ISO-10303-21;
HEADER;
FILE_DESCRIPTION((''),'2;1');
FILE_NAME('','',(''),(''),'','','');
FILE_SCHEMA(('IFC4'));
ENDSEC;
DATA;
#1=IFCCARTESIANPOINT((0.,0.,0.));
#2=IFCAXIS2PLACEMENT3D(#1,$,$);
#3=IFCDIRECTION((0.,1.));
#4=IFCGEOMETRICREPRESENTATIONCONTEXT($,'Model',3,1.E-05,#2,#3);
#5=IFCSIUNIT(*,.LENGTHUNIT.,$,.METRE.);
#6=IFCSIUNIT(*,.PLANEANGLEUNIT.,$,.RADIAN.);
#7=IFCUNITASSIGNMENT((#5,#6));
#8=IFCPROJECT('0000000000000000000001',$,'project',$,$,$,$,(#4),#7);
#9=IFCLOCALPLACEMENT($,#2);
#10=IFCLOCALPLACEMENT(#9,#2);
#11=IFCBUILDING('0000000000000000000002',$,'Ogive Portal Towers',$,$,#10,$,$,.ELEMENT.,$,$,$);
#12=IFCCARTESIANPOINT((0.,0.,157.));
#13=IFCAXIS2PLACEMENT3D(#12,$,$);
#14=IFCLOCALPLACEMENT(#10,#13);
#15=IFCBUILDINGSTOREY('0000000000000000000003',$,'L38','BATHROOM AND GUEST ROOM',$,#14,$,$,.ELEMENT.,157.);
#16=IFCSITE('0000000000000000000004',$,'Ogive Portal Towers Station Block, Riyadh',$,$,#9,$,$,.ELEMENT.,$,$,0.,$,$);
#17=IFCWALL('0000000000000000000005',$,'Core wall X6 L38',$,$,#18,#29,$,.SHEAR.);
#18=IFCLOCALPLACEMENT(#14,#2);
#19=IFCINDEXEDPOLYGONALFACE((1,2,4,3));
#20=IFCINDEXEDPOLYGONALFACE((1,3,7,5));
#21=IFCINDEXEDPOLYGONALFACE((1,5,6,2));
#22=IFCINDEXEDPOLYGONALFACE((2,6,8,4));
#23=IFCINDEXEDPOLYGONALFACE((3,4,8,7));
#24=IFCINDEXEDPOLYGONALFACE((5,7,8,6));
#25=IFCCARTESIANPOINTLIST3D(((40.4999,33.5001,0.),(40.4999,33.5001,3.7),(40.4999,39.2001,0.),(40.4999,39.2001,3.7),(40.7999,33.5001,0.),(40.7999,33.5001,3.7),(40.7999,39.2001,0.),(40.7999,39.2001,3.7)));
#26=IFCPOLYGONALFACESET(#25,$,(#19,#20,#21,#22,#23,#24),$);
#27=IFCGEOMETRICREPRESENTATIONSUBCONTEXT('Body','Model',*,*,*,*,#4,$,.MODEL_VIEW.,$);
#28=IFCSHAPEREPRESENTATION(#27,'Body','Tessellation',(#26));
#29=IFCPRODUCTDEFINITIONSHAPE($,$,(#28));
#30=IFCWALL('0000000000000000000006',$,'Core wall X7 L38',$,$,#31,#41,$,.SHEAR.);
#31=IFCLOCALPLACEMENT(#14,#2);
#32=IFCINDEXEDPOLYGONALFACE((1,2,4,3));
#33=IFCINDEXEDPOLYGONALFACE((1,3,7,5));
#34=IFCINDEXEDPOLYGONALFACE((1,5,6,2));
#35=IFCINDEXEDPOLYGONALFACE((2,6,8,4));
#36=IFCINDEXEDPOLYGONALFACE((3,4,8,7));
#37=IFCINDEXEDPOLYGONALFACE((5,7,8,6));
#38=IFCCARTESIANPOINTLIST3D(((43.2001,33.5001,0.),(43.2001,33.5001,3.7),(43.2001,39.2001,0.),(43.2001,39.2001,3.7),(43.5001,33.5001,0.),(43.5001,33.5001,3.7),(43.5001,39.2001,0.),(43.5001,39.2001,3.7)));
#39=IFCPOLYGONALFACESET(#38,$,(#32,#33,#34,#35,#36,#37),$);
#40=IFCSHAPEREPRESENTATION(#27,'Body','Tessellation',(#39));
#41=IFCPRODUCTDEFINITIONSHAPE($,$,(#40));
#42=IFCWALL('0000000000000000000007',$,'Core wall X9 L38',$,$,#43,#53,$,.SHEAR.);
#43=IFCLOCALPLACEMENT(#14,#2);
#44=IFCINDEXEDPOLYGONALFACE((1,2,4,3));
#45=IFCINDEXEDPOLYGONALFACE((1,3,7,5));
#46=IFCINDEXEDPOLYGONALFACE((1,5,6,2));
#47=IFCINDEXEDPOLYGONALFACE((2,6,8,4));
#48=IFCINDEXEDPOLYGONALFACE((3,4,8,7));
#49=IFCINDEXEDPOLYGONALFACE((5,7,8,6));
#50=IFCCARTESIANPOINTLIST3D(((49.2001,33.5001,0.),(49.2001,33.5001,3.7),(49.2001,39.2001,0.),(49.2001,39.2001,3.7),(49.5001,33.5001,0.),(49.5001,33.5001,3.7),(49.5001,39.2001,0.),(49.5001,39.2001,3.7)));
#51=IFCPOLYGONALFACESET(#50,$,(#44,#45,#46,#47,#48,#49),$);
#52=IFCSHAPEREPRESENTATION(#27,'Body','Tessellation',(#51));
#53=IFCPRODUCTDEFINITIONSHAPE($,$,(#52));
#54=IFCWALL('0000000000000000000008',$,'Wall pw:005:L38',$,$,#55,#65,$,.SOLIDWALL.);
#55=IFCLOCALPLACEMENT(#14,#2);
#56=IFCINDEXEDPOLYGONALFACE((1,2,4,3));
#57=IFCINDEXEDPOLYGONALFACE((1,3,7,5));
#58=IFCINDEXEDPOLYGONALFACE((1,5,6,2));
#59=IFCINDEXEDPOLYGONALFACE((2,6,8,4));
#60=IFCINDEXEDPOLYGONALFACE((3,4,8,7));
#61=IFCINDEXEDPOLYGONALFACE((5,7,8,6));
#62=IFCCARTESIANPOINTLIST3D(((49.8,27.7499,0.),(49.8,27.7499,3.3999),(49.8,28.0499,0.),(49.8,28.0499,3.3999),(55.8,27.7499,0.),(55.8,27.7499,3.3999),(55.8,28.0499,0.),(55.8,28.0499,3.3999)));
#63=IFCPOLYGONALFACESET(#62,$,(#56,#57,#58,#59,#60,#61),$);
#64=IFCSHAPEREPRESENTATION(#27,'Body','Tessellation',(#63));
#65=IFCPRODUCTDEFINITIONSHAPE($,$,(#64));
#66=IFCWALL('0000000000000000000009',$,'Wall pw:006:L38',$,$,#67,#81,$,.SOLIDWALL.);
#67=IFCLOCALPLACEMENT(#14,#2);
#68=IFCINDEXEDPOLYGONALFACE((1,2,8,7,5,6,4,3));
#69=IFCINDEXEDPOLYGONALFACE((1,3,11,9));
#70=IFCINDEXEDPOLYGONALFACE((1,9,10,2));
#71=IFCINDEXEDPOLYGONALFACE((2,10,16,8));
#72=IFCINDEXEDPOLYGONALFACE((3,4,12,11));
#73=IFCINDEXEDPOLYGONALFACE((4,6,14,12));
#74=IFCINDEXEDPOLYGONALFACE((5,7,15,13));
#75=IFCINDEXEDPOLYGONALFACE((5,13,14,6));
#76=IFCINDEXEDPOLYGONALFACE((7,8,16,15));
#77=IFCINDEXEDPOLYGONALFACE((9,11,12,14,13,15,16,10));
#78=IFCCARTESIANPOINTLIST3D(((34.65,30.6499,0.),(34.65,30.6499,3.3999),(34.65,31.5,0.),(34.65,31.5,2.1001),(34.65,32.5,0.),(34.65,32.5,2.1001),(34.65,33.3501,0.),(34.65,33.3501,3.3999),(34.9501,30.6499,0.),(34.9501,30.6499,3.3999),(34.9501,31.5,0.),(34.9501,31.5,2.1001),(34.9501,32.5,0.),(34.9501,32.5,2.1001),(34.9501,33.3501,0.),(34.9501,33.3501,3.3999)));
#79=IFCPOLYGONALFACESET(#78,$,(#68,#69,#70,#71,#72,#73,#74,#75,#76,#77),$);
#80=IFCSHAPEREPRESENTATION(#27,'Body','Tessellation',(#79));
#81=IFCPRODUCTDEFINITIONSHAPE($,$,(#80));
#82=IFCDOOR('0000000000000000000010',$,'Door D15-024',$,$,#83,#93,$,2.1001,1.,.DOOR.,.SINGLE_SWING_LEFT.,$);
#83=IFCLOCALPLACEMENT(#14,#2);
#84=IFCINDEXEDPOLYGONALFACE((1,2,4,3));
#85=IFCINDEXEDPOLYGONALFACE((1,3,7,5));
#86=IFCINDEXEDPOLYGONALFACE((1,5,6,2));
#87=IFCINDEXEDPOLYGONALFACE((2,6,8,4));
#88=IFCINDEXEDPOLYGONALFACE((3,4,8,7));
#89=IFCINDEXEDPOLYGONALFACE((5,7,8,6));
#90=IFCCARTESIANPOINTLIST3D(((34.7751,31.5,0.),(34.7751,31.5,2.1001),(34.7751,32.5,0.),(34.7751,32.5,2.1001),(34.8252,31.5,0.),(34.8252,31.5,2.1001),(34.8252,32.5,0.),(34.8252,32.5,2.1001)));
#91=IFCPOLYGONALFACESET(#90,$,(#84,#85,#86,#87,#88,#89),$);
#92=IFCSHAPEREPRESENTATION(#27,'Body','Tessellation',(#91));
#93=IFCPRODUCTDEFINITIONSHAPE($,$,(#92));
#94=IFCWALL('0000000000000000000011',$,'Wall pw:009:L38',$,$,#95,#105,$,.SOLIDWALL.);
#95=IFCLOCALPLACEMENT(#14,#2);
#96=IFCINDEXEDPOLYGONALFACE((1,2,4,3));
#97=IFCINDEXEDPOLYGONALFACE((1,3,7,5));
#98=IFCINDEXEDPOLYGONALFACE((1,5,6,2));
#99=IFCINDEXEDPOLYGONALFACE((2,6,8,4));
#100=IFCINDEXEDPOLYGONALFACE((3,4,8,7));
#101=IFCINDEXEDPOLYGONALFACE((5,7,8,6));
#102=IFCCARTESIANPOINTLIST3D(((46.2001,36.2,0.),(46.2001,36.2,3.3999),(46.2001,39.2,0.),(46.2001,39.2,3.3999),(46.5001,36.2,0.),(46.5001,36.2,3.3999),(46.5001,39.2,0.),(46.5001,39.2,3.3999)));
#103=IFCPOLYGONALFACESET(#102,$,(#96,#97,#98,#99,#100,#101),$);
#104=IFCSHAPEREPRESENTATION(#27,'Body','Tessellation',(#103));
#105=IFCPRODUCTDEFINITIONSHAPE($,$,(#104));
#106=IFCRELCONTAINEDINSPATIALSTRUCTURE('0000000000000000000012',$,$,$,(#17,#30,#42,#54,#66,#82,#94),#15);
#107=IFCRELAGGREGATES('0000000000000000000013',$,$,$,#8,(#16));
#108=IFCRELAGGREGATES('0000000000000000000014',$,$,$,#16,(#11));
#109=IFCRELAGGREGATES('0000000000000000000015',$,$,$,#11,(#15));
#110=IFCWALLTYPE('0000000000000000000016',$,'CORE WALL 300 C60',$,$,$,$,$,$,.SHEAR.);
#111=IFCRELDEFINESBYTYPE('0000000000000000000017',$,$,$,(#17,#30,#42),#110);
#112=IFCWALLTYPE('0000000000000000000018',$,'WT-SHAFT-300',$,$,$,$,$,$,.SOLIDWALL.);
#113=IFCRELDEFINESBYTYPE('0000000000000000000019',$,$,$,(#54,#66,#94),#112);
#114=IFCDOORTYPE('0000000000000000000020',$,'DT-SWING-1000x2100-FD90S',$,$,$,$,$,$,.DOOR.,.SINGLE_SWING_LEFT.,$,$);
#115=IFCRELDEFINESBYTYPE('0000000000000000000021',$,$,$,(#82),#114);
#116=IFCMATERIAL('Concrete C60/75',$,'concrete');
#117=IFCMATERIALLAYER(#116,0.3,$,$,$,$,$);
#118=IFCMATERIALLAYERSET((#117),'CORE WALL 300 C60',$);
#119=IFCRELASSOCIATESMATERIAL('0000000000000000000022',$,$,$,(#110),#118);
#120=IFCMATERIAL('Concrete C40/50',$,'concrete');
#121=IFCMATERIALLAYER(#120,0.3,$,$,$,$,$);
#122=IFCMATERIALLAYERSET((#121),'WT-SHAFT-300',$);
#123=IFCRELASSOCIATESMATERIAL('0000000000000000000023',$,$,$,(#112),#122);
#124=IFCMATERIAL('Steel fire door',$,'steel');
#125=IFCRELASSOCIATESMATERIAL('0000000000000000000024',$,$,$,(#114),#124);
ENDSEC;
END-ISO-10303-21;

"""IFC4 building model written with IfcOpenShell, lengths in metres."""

from ifc_helpers import new_model, si_unit, direction, frame, frame_2d, origin, place, context, subcontext, project, spatial, rectangle, extrude, material, layer, layer_set, type_object, element, fill, save


model = new_model("IFC4")

# Units and contexts
model_context = context("Model", 3, precision=1e-05, world=origin(), true_north=direction((0.0, 1.0)))
body_context = subcontext(model_context, "Body", "Model", "MODEL_VIEW")
ifc_project = project(units=[si_unit("LENGTHUNIT", "METRE"), si_unit("PLANEANGLEUNIT", "RADIAN")], contexts=[model_context])

# Site, building, storey
site_placement = place(None, origin())
site = spatial("IfcSite", under=ifc_project, at=site_placement, Name="Ogive Portal Towers Station Block, Riyadh", CompositionType="ELEMENT", RefElevation=0.0)
building_placement = place(site_placement, origin())
building = spatial("IfcBuilding", under=site, at=building_placement, Name="Ogive Portal Towers", CompositionType="ELEMENT")
storey_placement = place(building_placement, frame((0.0, 0.0, 157.0)))
storey = spatial("IfcBuildingStorey", under=building, at=storey_placement, Name="L38", Description="BATHROOM AND GUEST ROOM", CompositionType="ELEMENT", Elevation=157.0)

# Shared definitions
ifc_material_1 = material(Name="Concrete C60/75", Category="concrete")
ifc_layer_1 = layer(ifc_material_1, 0.3)
ifc_layer_set_1 = layer_set([ifc_layer_1], Name="CORE WALL 300 C60")
wall_type_1 = type_object("IfcWallType", Name="CORE WALL 300 C60", PredefinedType="SHEAR", material=ifc_layer_set_1)
ifc_material_2 = material(Name="Steel fire door", Category="steel")

# Walls
for number, where, z_axis, x_axis, name in (
    (1, (40.6499, 33.5, 0.0), (0.0, 0.0, 1.0), (0.0, 1.0, 0.0), "Core wall X6 L38"),
    (2, (43.3501, 33.5, 0.0), (0.0, 0.0, 1.0), (0.0, 1.0, 0.0), "Core wall X7 L38"),
):
    element("IfcWall", number, at=place(storey_placement, frame(where, z_axis=z_axis, x_axis=x_axis)), inside=storey, type_object=wall_type_1, Name=name, PredefinedType="SHEAR", context=body_context, shape_type="SweptSolid", body=[
        extrude(rectangle(XDim=5.7, YDim=0.3, at=frame_2d((2.8501, 0.0))), origin(), (0.0, 0.0, 1.0), 3.7),
    ])

# Walls
wall_1_placement = place(storey_placement, frame((49.3501, 33.5, 0.0), z_axis=(0.0, 0.0, 1.0), x_axis=(0.0, 1.0, 0.0)))
element("IfcWall", 3, at=wall_1_placement, inside=storey, type_object=wall_type_1, Name="Core wall X9 L38", PredefinedType="SHEAR", context=body_context, shape_type="SweptSolid", body=[
    extrude(rectangle(XDim=5.7, YDim=0.3, at=frame_2d((2.8501, 0.0))), origin(), (0.0, 0.0, 1.0), 3.7),
])
ifc_material_3 = material(Name="Concrete C40/50", Category="concrete")
ifc_layer_2 = layer(ifc_material_3, 0.3)
ifc_layer_set_2 = layer_set([ifc_layer_2], Name="WT-SHAFT-300")
wall_type_2 = type_object("IfcWallType", Name="WT-SHAFT-300", PredefinedType="SOLIDWALL", material=ifc_layer_set_2)
wall_2_placement = place(storey_placement, frame((49.8, 27.8999, 0.0), z_axis=(0.0, 0.0, 1.0), x_axis=(1.0, 0.0, 0.0)))
element("IfcWall", 4, at=wall_2_placement, inside=storey, type_object=wall_type_2, Name="Wall pw:005:L38", PredefinedType="SOLIDWALL", context=body_context, shape_type="SweptSolid", body=[
    extrude(rectangle(XDim=6.0, YDim=0.3, at=frame_2d((3.0, 0.0))), origin(), (0.0, 0.0, 1.0), 3.3999),
])

# Wall, opening, door
wall_3_placement = place(storey_placement, frame((34.8, 30.6499, 0.0), z_axis=(0.0, 0.0, 1.0), x_axis=(0.0, 1.0, 0.0)))
wall_3 = element("IfcWall", 5, at=wall_3_placement, inside=storey, type_object=wall_type_2, Name="Wall pw:006:L38", PredefinedType="SOLIDWALL", context=body_context, shape_type="SweptSolid", body=[
    extrude(rectangle(XDim=2.7002, YDim=0.3, at=frame_2d((1.3501, 0.0))), origin(), (0.0, 0.0, 1.0), 3.3999),
])
opening_1_placement = place(wall_3_placement, frame((0.8501, 0.0, 0.0)))
opening_1 = element("IfcOpeningElement", 6, at=opening_1_placement, cuts=wall_3, PredefinedType="OPENING", context=body_context, shape_type="SweptSolid", body=[
    extrude(rectangle(XDim=1.0, YDim=2.1001, at=frame_2d((0.5, 1.05))), frame((0.0, 0.1602, 0.0), z_axis=(0.0, -1.0, 0.0), x_axis=(1.0, 0.0, 0.0)), (0.0, 0.0, 1.0), 0.3201),
])
door_type_1 = type_object("IfcDoorType", Name="DT-SWING-1000x2100-FD90S", OperationType="SINGLE_SWING_LEFT", PredefinedType="DOOR", material=ifc_material_2)
door_1_placement = place(opening_1_placement, origin())
door_1 = element("IfcDoor", 7, at=door_1_placement, inside=storey, type_object=door_type_1, Name="Door D15-024", OperationType="SINGLE_SWING_LEFT", OverallHeight=2.1001, OverallWidth=1.0, PredefinedType="DOOR", context=body_context, shape_type="SweptSolid", body=[
    extrude(rectangle(XDim=1.0, YDim=2.1001, at=frame_2d((0.5, 1.05))), frame((0.0, 0.0249, 0.0), z_axis=(0.0, -1.0, 0.0), x_axis=(1.0, 0.0, 0.0)), (0.0, 0.0, 1.0), 0.05),
])
fill(opening_1, door_1)

# Wall
wall_4_placement = place(storey_placement, frame((46.3501, 36.2, 0.0), z_axis=(0.0, 0.0, 1.0), x_axis=(0.0, 1.0, 0.0)))
element("IfcWall", 8, at=wall_4_placement, inside=storey, type_object=wall_type_2, Name="Wall pw:009:L38", PredefinedType="SOLIDWALL", context=body_context, shape_type="SweptSolid", body=[
    extrude(rectangle(XDim=3.0, YDim=0.3, at=frame_2d((1.5, 0.0))), origin(), (0.0, 0.0, 1.0), 3.3999),
])

save(model, "model.ifc")
